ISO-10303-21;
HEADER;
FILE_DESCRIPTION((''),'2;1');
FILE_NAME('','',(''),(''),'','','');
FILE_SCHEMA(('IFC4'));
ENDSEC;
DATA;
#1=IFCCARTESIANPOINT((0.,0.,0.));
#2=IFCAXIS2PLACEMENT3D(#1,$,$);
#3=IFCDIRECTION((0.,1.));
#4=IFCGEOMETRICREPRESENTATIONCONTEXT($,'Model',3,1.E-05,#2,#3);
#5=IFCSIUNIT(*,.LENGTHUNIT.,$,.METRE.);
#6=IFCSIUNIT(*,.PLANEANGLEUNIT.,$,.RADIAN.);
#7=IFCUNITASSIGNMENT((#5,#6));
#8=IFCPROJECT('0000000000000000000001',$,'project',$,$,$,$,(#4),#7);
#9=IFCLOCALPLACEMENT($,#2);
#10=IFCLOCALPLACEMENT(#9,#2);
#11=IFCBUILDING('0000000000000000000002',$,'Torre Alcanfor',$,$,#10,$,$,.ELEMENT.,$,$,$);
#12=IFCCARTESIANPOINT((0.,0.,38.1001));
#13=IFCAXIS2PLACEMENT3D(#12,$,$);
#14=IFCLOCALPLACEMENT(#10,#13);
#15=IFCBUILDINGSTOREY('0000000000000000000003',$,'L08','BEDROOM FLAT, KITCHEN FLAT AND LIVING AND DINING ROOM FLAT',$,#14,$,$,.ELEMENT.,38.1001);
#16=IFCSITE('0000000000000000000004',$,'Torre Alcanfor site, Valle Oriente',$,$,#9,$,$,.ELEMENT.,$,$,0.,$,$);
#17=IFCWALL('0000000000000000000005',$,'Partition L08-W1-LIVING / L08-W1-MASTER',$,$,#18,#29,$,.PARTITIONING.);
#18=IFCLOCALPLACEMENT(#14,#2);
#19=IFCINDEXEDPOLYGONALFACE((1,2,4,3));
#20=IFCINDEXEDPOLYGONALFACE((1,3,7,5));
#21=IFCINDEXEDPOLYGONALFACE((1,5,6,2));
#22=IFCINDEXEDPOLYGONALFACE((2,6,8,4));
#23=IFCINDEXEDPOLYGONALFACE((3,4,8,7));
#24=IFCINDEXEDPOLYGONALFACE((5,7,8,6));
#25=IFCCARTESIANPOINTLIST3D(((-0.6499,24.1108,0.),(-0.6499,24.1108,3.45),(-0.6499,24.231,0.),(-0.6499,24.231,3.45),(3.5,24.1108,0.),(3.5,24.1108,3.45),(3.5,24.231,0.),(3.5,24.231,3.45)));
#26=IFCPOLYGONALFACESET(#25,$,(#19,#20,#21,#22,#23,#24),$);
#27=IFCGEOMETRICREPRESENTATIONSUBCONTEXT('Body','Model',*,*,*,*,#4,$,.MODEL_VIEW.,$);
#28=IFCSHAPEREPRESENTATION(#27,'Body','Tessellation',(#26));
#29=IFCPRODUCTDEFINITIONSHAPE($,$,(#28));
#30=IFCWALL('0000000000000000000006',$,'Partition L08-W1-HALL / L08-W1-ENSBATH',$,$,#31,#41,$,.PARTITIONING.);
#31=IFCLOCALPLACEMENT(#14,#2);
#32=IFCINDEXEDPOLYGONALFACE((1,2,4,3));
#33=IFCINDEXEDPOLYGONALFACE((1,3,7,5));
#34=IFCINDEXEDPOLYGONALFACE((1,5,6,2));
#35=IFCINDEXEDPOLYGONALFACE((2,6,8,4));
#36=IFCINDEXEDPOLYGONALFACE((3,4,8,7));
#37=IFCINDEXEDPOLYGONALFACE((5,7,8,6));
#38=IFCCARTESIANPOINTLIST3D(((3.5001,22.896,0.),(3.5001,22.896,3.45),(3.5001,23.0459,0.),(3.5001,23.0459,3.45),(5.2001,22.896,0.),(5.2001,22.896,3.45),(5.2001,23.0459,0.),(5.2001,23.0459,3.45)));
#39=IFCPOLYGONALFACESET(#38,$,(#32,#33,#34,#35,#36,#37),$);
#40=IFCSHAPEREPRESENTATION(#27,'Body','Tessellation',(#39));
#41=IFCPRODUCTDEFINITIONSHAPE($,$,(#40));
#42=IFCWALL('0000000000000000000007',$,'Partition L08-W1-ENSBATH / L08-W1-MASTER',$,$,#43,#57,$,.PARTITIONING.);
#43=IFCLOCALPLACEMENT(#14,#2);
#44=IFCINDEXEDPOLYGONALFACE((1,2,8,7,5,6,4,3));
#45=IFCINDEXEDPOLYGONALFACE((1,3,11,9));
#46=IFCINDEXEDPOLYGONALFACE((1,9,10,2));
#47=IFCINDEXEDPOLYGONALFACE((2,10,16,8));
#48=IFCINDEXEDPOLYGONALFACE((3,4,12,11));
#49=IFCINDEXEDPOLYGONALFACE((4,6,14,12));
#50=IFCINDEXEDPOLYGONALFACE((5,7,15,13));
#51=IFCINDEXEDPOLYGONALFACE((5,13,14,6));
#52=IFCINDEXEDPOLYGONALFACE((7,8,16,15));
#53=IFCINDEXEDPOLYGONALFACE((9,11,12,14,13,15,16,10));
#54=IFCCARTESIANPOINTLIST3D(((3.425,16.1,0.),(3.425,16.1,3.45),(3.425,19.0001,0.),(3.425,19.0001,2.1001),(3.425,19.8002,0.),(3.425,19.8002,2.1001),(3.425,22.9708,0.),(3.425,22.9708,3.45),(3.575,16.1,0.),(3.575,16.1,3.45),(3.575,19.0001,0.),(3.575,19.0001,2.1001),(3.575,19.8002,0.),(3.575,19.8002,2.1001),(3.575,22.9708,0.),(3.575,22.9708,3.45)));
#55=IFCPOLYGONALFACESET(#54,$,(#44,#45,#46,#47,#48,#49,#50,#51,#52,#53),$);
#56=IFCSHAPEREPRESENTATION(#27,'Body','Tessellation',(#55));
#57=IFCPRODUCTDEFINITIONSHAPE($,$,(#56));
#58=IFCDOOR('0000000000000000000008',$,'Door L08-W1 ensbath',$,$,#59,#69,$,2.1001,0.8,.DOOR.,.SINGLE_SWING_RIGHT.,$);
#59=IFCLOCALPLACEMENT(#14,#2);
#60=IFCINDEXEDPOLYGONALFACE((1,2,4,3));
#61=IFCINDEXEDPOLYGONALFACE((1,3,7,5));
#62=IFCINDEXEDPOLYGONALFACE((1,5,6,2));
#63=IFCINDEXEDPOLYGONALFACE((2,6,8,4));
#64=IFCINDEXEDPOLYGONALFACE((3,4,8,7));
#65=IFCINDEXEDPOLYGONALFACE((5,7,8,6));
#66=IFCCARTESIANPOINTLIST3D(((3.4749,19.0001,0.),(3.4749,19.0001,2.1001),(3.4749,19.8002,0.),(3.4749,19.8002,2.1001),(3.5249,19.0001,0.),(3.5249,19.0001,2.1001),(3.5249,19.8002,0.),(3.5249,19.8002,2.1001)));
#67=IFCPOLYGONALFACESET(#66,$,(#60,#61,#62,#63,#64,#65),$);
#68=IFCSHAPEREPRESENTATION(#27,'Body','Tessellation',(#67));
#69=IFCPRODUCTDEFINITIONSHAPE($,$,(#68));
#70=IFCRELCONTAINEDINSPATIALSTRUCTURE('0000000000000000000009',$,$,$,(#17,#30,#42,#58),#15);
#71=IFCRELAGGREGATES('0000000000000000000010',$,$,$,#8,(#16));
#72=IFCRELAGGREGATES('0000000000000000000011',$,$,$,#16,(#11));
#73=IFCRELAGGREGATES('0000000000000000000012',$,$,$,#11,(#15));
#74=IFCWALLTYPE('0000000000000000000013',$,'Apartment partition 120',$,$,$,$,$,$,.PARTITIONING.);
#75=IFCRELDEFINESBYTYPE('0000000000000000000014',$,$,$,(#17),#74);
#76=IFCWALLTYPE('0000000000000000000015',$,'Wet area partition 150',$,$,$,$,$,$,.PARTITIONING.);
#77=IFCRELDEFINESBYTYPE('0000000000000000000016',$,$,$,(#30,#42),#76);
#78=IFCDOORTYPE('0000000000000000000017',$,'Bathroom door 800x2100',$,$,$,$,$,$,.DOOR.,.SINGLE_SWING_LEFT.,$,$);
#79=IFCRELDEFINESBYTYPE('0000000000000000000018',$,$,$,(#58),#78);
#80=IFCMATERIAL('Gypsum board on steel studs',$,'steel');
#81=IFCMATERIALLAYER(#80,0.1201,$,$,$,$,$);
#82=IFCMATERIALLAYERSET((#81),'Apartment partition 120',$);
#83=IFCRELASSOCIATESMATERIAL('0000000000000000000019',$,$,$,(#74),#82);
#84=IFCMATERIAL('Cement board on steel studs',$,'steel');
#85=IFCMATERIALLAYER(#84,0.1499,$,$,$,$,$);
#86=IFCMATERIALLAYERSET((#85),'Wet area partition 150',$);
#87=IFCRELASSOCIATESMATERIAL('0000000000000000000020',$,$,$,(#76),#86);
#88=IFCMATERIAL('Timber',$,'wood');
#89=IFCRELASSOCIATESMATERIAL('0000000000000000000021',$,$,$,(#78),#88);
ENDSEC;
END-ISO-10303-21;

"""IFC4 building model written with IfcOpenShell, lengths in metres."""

from ifc_helpers import new_model, si_unit, direction, frame, frame_2d, origin, place, context, subcontext, project, spatial, rectangle, extrude, material, layer, layer_set, type_object, element, fill, save


model = new_model("IFC4")

# Units and contexts
model_context = context("Model", 3, precision=1e-05, world=origin(), true_north=direction((0.0, 1.0)))
body_context = subcontext(model_context, "Body", "Model", "MODEL_VIEW")
ifc_project = project(units=[si_unit("LENGTHUNIT", "METRE"), si_unit("PLANEANGLEUNIT", "RADIAN")], contexts=[model_context])

# Site, building, storey
site_placement = place(None, origin())
site = spatial("IfcSite", under=ifc_project, at=site_placement, Name="Torre Alcanfor site, Valle Oriente", CompositionType="ELEMENT", RefElevation=0.0)
building_placement = place(site_placement, origin())
building = spatial("IfcBuilding", under=site, at=building_placement, Name="Torre Alcanfor", CompositionType="ELEMENT")
storey_placement = place(building_placement, frame((0.0, 0.0, 38.1001)))
storey = spatial("IfcBuildingStorey", under=building, at=storey_placement, Name="L08", Description="BEDROOM FLAT, KITCHEN FLAT AND LIVING AND DINING ROOM FLAT", CompositionType="ELEMENT", Elevation=38.1001)

# Shared definitions
ifc_material_1 = material(Name="Gypsum board on steel studs", Category="steel")
ifc_layer_1 = layer(ifc_material_1, 0.1201)
ifc_layer_set_1 = layer_set([ifc_layer_1], Name="Apartment partition 120")
wall_type_1 = type_object("IfcWallType", Name="Apartment partition 120", PredefinedType="PARTITIONING", material=ifc_layer_set_1)

# Walls
wall_1_placement = place(storey_placement, frame((-0.6499, 24.1709, 0.0), z_axis=(0.0, 0.0, 1.0), x_axis=(1.0, 0.0, 0.0)))
element("IfcWall", 1, at=wall_1_placement, inside=storey, type_object=wall_type_1, Name="Partition L08-W1-LIVING / L08-W1-MASTER", PredefinedType="PARTITIONING", context=body_context, shape_type="SweptSolid", body=[
    extrude(rectangle(XDim=4.1499, YDim=0.1201, at=frame_2d((2.075, 0.0))), origin(), (0.0, 0.0, 1.0), 3.45),
])
ifc_material_2 = material(Name="Cement board on steel studs", Category="steel")
ifc_layer_2 = layer(ifc_material_2, 0.1499)
ifc_layer_set_2 = layer_set([ifc_layer_2], Name="Wet area partition 150")
wall_type_2 = type_object("IfcWallType", Name="Wet area partition 150", PredefinedType="PARTITIONING", material=ifc_layer_set_2)
wall_2_placement = place(storey_placement, frame((3.5, 22.9709, 0.0), z_axis=(0.0, 0.0, 1.0), x_axis=(1.0, 0.0, 0.0)))
element("IfcWall", 2, at=wall_2_placement, inside=storey, type_object=wall_type_2, Name="Partition L08-W1-HALL / L08-W1-ENSBATH", PredefinedType="PARTITIONING", context=body_context, shape_type="SweptSolid", body=[
    extrude(rectangle(XDim=1.7, YDim=0.1499, at=frame_2d((0.8501, 0.0))), origin(), (0.0, 0.0, 1.0), 3.45),
])

# Wall, opening, door
wall_3_placement = place(storey_placement, frame((3.5, 22.9709, 0.0), z_axis=(0.0, 0.0, 1.0), x_axis=(0.0, -1.0, 0.0)))
wall_3 = element("IfcWall", 3, at=wall_3_placement, inside=storey, type_object=wall_type_2, Name="Partition L08-W1-ENSBATH / L08-W1-MASTER", PredefinedType="PARTITIONING", context=body_context, shape_type="SweptSolid", body=[
    extrude(rectangle(XDim=6.8708, YDim=0.1499, at=frame_2d((3.4355, 0.0))), origin(), (0.0, 0.0, 1.0), 3.45),
])
opening_1_placement = place(wall_3_placement, frame((3.1709, 0.0, 0.0)))
opening_1 = element("IfcOpeningElement", 4, at=opening_1_placement, cuts=wall_3, PredefinedType="OPENING", context=body_context, shape_type="SweptSolid", body=[
    extrude(rectangle(XDim=0.8, YDim=2.1001, at=frame_2d((0.3999, 1.05))), frame((0.0, 0.085, 0.0), z_axis=(0.0, -1.0, 0.0), x_axis=(1.0, 0.0, 0.0)), (0.0, 0.0, 1.0), 0.1699),
])
ifc_material_3 = material(Name="Timber", Category="wood")
door_type_1 = type_object("IfcDoorType", Name="Bathroom door 800x2100", OperationType="SINGLE_SWING_LEFT", PredefinedType="DOOR", material=ifc_material_3)
door_1_placement = place(opening_1_placement, origin())
door_1 = element("IfcDoor", 5, at=door_1_placement, inside=storey, type_object=door_type_1, Name="Door L08-W1 ensbath", OperationType="SINGLE_SWING_RIGHT", OverallHeight=2.1001, OverallWidth=0.8, PredefinedType="DOOR", context=body_context, shape_type="SweptSolid", body=[
    extrude(rectangle(XDim=0.8, YDim=2.1001, at=frame_2d((0.3999, 1.05))), frame((0.0, 0.0249, 0.0), z_axis=(0.0, -1.0, 0.0), x_axis=(1.0, 0.0, 0.0)), (0.0, 0.0, 1.0), 0.05),
])
fill(opening_1, door_1)

save(model, "model.ifc")
